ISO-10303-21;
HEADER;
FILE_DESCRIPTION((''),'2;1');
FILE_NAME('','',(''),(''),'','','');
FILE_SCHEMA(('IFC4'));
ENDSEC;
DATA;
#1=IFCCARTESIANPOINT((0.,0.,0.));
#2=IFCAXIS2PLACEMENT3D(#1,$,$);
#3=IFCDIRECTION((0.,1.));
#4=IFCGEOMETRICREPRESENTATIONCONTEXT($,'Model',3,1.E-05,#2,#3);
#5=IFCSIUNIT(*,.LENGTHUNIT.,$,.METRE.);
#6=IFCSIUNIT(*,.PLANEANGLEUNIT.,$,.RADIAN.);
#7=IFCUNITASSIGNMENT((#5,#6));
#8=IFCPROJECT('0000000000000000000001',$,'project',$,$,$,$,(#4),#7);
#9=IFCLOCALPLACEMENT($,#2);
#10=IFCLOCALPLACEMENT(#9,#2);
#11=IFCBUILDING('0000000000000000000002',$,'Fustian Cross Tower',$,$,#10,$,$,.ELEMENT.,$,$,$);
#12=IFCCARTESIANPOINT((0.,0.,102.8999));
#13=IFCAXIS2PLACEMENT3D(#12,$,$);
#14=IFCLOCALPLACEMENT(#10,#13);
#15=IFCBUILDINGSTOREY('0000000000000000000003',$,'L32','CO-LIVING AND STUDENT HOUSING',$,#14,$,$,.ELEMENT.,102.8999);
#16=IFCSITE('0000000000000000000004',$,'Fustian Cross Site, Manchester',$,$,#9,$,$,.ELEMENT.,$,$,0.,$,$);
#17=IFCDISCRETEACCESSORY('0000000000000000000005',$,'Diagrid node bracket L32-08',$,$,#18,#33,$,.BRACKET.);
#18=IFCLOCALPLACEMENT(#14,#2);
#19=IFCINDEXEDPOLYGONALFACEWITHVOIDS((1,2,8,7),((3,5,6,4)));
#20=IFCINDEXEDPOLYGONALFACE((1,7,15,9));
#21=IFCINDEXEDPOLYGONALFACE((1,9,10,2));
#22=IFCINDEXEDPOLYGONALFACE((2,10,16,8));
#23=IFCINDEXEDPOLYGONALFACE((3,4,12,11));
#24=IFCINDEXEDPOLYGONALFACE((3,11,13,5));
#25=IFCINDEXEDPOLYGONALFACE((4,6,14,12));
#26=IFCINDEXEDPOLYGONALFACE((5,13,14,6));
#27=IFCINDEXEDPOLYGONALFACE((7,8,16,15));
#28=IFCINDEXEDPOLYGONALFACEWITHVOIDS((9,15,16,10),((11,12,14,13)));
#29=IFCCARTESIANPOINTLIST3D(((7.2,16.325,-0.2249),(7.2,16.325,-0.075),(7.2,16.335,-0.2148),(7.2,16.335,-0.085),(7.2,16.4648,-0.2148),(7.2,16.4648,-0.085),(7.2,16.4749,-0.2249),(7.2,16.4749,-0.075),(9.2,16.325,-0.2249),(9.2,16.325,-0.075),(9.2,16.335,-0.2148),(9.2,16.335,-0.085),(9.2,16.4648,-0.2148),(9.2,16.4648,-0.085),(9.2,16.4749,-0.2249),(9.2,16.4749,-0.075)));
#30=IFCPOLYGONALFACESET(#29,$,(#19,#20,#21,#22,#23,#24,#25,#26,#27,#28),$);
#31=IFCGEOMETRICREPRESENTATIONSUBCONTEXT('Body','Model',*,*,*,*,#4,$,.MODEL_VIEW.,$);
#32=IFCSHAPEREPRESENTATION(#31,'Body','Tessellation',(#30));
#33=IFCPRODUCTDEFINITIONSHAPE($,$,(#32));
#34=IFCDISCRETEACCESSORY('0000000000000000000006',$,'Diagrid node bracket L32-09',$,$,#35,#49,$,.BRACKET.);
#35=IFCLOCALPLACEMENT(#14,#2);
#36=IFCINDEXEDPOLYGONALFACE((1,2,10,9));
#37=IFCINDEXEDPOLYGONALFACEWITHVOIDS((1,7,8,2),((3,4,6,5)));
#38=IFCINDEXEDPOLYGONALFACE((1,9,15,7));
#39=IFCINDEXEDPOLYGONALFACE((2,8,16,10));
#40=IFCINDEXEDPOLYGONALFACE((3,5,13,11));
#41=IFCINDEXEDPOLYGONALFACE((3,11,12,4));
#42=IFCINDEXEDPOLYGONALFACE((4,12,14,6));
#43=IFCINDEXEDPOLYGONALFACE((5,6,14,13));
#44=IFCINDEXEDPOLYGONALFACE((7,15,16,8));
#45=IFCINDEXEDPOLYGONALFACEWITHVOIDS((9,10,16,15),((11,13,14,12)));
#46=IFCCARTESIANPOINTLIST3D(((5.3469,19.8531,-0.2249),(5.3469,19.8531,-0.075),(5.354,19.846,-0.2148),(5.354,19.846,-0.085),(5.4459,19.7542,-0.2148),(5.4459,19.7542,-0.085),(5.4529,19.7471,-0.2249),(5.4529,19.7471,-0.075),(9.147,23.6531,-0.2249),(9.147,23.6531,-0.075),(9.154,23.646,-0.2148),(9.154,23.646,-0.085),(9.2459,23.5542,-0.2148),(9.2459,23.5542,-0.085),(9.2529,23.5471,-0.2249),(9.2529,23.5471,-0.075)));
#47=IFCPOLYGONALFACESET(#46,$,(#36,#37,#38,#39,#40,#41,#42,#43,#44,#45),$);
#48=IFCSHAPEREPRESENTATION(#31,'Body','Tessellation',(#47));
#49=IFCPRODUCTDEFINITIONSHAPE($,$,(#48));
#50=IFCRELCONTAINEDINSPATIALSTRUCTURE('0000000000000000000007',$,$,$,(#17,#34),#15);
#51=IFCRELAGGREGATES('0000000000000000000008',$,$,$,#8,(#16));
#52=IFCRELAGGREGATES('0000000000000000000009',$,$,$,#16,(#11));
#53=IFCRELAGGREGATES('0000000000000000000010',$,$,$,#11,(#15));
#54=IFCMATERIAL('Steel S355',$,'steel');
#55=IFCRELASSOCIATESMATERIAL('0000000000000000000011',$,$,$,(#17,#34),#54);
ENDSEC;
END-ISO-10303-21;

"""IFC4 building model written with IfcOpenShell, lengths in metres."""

from ifc_helpers import new_model, si_unit, direction, frame, origin, origin_2d, place, context, subcontext, project, spatial, hollow_rectangle, extrude, material, element, save


model = new_model("IFC4")

# Units and contexts
model_context = context("Model", 3, precision=1e-05, world=origin(), true_north=direction((0.0, 1.0)))
body_context = subcontext(model_context, "Body", "Model", "MODEL_VIEW")
ifc_project = project(units=[si_unit("LENGTHUNIT", "METRE"), si_unit("PLANEANGLEUNIT", "RADIAN")], contexts=[model_context])

# Site, building, storey
site_placement = place(None, origin())
site = spatial("IfcSite", under=ifc_project, at=site_placement, Name="Fustian Cross Site, Manchester", CompositionType="ELEMENT", RefElevation=0.0)
building_placement = place(site_placement, origin())
building = spatial("IfcBuilding", under=site, at=building_placement, Name="Fustian Cross Tower", CompositionType="ELEMENT")
storey_placement = place(building_placement, frame((0.0, 0.0, 102.8999)))
storey = spatial("IfcBuildingStorey", under=building, at=storey_placement, Name="L32", Description="CO-LIVING AND STUDENT HOUSING", CompositionType="ELEMENT", Elevation=102.8999)

# Discrete accessories
ifc_material_1 = material(Name="Steel S355", Category="steel")
for number, where, z_axis, x_axis, name in (
    (1, (9.2, 16.3999, -0.1499), (-1.0, 0.0, 0.0), (0.0, -1.0, 0.0), "Diagrid node bracket L32-08"),
):
    element("IfcDiscreteAccessory", number, at=place(storey_placement, frame(where, z_axis=z_axis, x_axis=x_axis)), inside=storey, material=ifc_material_1, Name=name, PredefinedType="BRACKET", context=body_context, shape_type="SweptSolid", body=[
        extrude(hollow_rectangle(XDim=0.1499, YDim=0.1499, WallThickness=0.01, at=origin_2d()), origin(), (0.0, 0.0, 1.0), 2.0),
    ])
discrete_accessory_placement = place(storey_placement, frame((9.2, 23.6001, -0.1499), z_axis=(-0.707107, -0.707107, 0.0), x_axis=(0.707107, -0.707107, 0.0)))
element("IfcDiscreteAccessory", 2, at=discrete_accessory_placement, inside=storey, material=ifc_material_1, Name="Diagrid node bracket L32-09", PredefinedType="BRACKET", context=body_context, shape_type="SweptSolid", body=[
    extrude(hollow_rectangle(XDim=0.1499, YDim=0.1499, WallThickness=0.01, at=origin_2d()), origin(), (0.0, 0.0, 1.0), 5.374),
])

save(model, "model.ifc")
